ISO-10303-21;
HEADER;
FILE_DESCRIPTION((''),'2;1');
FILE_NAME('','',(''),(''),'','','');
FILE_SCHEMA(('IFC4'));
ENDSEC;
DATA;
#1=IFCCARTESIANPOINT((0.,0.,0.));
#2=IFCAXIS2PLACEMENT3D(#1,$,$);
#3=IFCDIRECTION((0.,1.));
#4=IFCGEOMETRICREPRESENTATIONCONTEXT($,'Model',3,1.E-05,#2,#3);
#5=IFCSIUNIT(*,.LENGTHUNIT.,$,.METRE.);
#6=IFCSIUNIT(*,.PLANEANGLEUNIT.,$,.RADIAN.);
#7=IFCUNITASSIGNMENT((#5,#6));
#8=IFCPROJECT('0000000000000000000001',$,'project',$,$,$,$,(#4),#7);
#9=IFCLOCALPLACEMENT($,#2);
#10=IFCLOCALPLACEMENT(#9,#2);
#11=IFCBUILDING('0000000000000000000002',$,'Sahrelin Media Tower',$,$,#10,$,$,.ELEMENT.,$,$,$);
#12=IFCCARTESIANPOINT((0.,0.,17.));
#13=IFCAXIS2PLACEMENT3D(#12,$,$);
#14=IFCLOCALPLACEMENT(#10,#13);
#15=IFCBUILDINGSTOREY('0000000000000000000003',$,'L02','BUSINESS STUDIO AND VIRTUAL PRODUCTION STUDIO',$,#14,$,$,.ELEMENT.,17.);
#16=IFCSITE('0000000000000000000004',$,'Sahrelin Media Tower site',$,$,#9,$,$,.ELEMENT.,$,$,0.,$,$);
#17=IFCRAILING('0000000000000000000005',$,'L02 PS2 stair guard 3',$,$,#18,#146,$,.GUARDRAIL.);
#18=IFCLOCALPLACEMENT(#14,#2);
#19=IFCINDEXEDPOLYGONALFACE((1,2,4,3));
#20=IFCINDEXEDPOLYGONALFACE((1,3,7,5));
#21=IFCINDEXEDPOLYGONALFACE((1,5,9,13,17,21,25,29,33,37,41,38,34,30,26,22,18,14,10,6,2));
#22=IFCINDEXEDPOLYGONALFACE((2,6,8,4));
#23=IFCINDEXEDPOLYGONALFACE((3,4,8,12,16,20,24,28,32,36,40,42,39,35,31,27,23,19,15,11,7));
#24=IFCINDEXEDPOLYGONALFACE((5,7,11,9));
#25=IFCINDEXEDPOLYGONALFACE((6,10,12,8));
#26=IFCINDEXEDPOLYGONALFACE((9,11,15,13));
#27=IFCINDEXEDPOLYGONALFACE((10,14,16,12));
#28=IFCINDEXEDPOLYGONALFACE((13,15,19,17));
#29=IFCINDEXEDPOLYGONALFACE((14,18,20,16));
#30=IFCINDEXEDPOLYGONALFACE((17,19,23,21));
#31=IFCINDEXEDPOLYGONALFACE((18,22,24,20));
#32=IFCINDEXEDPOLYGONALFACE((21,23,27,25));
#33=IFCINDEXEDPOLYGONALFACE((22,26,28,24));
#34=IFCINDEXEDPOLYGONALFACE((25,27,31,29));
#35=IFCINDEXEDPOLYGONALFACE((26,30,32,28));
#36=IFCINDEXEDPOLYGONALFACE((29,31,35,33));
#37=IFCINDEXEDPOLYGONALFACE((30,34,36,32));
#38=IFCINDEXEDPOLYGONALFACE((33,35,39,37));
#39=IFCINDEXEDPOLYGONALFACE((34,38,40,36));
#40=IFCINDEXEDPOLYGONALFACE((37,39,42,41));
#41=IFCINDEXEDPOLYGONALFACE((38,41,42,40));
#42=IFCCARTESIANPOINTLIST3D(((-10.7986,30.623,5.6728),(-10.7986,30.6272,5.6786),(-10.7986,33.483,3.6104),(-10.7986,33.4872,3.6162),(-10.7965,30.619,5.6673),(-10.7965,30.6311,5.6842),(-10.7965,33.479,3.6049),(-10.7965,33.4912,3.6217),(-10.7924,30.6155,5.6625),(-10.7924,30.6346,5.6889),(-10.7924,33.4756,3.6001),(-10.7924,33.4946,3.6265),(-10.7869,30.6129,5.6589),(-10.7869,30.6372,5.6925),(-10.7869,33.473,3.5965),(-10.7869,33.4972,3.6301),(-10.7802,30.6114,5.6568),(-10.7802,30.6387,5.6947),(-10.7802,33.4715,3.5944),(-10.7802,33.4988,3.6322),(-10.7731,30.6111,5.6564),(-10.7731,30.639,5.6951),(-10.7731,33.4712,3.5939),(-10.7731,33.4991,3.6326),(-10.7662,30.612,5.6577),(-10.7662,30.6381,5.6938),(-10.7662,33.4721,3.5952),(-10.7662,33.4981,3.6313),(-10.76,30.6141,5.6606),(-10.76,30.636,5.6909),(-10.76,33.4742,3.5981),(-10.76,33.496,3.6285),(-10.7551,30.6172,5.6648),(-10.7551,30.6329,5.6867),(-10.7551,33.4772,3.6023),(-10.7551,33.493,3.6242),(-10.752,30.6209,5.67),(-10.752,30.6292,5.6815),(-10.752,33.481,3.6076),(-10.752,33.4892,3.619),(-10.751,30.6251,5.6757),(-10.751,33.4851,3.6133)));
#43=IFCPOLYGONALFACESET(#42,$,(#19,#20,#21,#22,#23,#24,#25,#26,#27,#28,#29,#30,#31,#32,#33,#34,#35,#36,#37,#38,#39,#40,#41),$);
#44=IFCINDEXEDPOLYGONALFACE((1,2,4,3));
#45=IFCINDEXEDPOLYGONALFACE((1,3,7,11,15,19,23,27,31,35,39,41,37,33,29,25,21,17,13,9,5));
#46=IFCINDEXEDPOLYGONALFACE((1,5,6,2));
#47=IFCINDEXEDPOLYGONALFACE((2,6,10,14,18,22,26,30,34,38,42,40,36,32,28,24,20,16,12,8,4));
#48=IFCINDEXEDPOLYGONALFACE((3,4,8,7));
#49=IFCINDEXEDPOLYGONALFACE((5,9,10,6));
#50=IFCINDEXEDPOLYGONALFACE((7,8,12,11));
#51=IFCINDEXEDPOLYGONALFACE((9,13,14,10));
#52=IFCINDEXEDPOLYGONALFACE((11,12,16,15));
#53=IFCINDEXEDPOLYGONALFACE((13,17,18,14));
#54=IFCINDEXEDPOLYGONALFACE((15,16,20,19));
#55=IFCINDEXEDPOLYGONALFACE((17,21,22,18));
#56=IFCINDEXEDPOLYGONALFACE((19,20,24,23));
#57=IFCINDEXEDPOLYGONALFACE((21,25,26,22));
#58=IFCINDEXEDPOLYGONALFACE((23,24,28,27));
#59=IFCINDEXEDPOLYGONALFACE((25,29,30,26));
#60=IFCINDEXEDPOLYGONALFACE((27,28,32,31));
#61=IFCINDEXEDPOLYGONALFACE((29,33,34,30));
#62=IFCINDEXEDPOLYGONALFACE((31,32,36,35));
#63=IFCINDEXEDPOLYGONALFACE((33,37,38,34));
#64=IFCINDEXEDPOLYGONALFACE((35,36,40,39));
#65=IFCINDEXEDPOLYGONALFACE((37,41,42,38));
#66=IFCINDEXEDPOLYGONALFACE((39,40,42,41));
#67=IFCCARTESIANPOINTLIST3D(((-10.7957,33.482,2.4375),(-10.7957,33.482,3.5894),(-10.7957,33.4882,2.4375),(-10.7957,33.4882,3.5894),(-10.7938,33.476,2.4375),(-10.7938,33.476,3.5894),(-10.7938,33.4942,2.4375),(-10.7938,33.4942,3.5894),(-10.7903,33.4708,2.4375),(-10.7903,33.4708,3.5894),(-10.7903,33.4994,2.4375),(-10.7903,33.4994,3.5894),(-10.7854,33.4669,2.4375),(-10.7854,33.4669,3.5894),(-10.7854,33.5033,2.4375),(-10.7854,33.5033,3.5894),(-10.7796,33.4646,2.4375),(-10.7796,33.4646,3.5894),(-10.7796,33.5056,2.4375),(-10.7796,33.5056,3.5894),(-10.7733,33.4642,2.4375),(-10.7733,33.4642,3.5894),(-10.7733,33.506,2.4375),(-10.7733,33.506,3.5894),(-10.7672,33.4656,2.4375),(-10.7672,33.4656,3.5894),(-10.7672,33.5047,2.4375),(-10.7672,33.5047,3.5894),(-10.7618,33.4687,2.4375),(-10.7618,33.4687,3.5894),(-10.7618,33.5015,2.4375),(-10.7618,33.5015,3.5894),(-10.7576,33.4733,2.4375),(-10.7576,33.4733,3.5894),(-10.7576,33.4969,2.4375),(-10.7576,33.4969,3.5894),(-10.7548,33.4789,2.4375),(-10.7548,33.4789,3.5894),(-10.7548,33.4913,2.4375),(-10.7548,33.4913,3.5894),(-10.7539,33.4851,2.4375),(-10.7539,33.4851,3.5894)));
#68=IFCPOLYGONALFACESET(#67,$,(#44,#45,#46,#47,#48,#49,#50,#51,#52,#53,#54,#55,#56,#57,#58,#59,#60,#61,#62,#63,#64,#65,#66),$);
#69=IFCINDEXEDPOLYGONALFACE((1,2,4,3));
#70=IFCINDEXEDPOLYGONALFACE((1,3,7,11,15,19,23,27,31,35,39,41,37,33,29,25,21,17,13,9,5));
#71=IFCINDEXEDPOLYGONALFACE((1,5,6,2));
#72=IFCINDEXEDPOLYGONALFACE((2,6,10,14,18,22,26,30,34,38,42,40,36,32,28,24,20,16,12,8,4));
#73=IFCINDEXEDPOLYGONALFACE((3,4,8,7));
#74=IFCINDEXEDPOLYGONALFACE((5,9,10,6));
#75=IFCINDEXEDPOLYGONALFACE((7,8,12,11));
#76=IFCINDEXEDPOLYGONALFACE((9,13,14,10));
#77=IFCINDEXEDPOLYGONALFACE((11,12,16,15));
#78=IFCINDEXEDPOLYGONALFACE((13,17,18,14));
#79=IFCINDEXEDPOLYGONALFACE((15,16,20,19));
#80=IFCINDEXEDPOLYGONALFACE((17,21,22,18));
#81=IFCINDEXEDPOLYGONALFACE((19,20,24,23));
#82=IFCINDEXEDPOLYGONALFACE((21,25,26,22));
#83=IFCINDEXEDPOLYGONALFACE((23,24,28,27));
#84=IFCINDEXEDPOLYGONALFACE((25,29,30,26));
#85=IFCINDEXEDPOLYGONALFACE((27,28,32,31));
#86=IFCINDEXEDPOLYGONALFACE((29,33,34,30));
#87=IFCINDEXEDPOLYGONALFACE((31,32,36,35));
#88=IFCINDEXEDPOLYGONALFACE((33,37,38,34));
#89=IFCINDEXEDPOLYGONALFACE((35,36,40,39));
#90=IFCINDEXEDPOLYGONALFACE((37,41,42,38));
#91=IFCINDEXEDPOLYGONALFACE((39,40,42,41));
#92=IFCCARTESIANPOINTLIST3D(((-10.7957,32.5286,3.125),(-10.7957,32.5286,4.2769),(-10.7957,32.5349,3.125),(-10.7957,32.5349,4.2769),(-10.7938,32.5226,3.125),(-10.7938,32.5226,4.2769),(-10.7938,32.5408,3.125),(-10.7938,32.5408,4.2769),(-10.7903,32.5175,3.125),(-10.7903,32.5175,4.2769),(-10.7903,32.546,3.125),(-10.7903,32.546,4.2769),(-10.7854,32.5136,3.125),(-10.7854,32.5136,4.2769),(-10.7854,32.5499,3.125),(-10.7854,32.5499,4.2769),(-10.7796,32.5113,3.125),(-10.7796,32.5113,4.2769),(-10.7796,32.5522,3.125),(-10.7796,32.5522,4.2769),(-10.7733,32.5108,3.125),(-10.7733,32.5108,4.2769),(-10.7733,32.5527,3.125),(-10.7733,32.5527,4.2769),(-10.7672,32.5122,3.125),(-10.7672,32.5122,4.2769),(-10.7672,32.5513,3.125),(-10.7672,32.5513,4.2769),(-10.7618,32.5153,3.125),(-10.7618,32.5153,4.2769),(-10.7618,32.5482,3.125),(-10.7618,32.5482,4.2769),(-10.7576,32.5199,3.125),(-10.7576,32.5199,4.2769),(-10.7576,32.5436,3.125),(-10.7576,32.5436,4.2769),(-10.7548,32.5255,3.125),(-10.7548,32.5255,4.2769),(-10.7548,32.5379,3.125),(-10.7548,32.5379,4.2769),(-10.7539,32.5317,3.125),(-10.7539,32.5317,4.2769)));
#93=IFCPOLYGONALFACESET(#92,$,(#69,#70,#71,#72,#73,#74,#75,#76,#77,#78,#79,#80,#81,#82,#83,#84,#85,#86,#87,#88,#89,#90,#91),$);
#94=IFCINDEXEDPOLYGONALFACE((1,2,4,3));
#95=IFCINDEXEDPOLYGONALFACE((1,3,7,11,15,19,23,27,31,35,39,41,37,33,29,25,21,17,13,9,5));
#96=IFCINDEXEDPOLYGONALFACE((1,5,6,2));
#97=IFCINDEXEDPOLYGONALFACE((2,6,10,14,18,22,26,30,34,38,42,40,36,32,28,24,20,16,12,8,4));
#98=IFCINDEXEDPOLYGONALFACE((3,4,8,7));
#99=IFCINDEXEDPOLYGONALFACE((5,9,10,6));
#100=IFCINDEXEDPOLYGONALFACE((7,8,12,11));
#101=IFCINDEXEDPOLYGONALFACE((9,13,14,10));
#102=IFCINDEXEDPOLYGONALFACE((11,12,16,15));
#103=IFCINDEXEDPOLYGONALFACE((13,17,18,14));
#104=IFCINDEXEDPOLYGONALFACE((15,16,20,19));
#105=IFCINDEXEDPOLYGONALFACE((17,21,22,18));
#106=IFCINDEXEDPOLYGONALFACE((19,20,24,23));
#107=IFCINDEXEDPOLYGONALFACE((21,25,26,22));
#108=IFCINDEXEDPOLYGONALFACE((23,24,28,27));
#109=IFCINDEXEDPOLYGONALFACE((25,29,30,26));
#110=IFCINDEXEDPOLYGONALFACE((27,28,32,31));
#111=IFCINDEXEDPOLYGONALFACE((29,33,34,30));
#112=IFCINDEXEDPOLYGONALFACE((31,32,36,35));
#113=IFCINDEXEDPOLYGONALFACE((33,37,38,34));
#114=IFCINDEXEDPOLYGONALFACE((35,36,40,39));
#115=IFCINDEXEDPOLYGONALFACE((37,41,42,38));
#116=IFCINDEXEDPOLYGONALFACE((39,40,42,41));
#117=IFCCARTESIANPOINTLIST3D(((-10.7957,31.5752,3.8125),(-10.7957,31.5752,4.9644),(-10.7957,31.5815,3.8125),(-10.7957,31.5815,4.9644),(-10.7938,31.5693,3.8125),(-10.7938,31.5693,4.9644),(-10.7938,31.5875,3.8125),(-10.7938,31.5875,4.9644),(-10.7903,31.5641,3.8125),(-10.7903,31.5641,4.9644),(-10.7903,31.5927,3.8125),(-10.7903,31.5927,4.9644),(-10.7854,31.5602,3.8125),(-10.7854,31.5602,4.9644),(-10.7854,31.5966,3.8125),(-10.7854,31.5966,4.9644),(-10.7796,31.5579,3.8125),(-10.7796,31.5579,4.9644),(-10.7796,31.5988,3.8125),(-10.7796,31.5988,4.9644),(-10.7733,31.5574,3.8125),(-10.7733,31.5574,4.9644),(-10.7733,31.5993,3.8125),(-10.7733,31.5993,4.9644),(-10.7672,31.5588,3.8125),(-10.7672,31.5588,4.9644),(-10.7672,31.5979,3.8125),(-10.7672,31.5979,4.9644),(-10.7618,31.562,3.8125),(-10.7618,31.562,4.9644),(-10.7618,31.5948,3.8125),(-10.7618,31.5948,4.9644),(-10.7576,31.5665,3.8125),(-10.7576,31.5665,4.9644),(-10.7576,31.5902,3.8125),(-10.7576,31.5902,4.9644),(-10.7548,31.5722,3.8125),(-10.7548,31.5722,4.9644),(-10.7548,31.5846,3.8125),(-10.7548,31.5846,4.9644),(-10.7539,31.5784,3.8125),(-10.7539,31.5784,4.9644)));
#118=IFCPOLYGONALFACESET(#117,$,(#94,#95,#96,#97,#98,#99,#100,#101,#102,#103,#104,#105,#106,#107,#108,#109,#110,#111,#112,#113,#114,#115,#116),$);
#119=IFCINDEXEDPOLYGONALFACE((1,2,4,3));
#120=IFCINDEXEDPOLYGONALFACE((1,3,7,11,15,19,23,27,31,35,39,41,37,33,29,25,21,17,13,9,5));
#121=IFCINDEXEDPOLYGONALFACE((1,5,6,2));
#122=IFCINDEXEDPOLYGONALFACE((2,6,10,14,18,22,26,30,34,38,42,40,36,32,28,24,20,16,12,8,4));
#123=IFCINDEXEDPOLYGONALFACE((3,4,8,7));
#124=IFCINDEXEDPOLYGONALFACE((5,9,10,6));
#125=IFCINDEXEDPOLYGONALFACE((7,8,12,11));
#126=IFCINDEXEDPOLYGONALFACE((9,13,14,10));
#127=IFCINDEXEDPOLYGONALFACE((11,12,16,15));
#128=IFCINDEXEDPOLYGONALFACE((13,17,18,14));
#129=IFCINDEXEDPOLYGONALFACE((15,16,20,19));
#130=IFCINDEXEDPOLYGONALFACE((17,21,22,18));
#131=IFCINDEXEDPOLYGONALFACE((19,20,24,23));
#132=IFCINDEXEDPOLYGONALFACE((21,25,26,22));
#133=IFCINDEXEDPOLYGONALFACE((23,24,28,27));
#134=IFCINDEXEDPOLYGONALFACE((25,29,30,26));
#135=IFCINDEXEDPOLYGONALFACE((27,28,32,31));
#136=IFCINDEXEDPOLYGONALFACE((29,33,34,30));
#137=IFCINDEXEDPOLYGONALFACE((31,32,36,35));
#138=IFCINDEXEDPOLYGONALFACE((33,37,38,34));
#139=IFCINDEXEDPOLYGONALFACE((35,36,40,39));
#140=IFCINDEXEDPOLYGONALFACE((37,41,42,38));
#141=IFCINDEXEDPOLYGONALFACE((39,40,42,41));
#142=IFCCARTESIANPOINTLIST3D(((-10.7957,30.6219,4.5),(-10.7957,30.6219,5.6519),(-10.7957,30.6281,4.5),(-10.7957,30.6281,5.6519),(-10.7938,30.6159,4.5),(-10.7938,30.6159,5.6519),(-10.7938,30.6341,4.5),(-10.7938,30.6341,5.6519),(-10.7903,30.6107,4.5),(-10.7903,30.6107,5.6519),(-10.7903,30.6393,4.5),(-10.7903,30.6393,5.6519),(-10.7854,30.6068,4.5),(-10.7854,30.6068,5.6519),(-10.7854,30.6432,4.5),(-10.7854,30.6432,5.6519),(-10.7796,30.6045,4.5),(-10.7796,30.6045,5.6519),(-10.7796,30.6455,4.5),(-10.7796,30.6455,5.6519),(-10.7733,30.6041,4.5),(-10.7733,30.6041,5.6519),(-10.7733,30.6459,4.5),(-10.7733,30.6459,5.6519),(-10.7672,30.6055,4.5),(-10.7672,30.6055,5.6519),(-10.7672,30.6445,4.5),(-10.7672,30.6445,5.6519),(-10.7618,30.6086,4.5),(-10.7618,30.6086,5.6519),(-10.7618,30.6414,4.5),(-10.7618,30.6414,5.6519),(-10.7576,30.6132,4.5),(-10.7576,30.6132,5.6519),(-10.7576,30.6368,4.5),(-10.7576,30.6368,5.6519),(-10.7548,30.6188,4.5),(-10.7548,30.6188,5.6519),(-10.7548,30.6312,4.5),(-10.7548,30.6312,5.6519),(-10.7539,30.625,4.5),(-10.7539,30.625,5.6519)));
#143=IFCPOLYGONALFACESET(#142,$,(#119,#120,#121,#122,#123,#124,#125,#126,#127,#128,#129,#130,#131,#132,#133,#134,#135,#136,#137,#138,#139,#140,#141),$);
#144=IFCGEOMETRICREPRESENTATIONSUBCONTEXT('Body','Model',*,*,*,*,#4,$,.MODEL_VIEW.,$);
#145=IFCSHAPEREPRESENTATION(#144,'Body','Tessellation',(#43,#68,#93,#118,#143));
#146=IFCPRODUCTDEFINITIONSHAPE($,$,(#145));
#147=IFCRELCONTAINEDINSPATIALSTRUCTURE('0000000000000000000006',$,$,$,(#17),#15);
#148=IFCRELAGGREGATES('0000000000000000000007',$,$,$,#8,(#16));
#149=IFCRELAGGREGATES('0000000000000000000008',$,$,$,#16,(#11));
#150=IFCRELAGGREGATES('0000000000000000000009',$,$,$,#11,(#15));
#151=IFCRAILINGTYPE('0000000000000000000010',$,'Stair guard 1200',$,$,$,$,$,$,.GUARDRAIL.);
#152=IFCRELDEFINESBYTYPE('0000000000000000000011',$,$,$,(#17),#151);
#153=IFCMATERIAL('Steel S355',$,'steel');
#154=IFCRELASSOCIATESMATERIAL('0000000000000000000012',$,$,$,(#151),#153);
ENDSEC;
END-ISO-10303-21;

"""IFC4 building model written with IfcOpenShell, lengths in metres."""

from ifc_helpers import new_model, si_unit, direction, frame, origin, origin_2d, place, context, subcontext, project, spatial, circle, extrude, material, type_object, element, save


model = new_model("IFC4")

# Units and contexts
model_context = context("Model", 3, precision=1e-05, world=origin(), true_north=direction((0.0, 1.0)))
body_context = subcontext(model_context, "Body", "Model", "MODEL_VIEW")
ifc_project = project(units=[si_unit("LENGTHUNIT", "METRE"), si_unit("PLANEANGLEUNIT", "RADIAN")], contexts=[model_context])

# Site, building, storey
site_placement = place(None, origin())
site = spatial("IfcSite", under=ifc_project, at=site_placement, Name="Sahrelin Media Tower site", CompositionType="ELEMENT", RefElevation=0.0)
building_placement = place(site_placement, origin())
building = spatial("IfcBuilding", under=site, at=building_placement, Name="Sahrelin Media Tower", CompositionType="ELEMENT")
storey_placement = place(building_placement, frame((0.0, 0.0, 17.0)))
storey = spatial("IfcBuildingStorey", under=building, at=storey_placement, Name="L02", Description="BUSINESS STUDIO AND VIRTUAL PRODUCTION STUDIO", CompositionType="ELEMENT", Elevation=17.0)

# Shared definitions
ifc_material_1 = material(Name="Steel S355", Category="steel")

# Railing
railing_type_1 = type_object("IfcRailingType", Name="Stair guard 1200", PredefinedType="GUARDRAIL", material=ifc_material_1)
railing_1_placement = place(storey_placement, frame((-10.7749, 33.4851, 2.4375)))
element("IfcRailing", 1, at=railing_1_placement, inside=storey, type_object=railing_type_1, Name="L02 PS2 stair guard 3", PredefinedType="GUARDRAIL", context=body_context, shape_type="SweptSolid", body=[
    extrude(circle(Radius=0.0239, at=origin_2d()), frame((0.0, 0.0, 1.1758), z_axis=(0.0, -0.811101, 0.584906), x_axis=(1.0, 0.0, 0.0)), (0.0, 0.0, 1.0), 3.5261),
    extrude(circle(Radius=0.021, at=origin_2d()), origin(), (0.0, 0.0, 1.0), 1.1519),
    extrude(circle(Radius=0.021, at=origin_2d()), frame((0.0, -0.9534, 0.6875)), (0.0, 0.0, 1.0), 1.1519),
    extrude(circle(Radius=0.021, at=origin_2d()), frame((0.0, -1.9067, 1.375)), (0.0, 0.0, 1.0), 1.1519),
    extrude(circle(Radius=0.021, at=origin_2d()), frame((0.0, -2.8601, 2.0625)), (0.0, 0.0, 1.0), 1.1519),
])

save(model, "model.ifc")
